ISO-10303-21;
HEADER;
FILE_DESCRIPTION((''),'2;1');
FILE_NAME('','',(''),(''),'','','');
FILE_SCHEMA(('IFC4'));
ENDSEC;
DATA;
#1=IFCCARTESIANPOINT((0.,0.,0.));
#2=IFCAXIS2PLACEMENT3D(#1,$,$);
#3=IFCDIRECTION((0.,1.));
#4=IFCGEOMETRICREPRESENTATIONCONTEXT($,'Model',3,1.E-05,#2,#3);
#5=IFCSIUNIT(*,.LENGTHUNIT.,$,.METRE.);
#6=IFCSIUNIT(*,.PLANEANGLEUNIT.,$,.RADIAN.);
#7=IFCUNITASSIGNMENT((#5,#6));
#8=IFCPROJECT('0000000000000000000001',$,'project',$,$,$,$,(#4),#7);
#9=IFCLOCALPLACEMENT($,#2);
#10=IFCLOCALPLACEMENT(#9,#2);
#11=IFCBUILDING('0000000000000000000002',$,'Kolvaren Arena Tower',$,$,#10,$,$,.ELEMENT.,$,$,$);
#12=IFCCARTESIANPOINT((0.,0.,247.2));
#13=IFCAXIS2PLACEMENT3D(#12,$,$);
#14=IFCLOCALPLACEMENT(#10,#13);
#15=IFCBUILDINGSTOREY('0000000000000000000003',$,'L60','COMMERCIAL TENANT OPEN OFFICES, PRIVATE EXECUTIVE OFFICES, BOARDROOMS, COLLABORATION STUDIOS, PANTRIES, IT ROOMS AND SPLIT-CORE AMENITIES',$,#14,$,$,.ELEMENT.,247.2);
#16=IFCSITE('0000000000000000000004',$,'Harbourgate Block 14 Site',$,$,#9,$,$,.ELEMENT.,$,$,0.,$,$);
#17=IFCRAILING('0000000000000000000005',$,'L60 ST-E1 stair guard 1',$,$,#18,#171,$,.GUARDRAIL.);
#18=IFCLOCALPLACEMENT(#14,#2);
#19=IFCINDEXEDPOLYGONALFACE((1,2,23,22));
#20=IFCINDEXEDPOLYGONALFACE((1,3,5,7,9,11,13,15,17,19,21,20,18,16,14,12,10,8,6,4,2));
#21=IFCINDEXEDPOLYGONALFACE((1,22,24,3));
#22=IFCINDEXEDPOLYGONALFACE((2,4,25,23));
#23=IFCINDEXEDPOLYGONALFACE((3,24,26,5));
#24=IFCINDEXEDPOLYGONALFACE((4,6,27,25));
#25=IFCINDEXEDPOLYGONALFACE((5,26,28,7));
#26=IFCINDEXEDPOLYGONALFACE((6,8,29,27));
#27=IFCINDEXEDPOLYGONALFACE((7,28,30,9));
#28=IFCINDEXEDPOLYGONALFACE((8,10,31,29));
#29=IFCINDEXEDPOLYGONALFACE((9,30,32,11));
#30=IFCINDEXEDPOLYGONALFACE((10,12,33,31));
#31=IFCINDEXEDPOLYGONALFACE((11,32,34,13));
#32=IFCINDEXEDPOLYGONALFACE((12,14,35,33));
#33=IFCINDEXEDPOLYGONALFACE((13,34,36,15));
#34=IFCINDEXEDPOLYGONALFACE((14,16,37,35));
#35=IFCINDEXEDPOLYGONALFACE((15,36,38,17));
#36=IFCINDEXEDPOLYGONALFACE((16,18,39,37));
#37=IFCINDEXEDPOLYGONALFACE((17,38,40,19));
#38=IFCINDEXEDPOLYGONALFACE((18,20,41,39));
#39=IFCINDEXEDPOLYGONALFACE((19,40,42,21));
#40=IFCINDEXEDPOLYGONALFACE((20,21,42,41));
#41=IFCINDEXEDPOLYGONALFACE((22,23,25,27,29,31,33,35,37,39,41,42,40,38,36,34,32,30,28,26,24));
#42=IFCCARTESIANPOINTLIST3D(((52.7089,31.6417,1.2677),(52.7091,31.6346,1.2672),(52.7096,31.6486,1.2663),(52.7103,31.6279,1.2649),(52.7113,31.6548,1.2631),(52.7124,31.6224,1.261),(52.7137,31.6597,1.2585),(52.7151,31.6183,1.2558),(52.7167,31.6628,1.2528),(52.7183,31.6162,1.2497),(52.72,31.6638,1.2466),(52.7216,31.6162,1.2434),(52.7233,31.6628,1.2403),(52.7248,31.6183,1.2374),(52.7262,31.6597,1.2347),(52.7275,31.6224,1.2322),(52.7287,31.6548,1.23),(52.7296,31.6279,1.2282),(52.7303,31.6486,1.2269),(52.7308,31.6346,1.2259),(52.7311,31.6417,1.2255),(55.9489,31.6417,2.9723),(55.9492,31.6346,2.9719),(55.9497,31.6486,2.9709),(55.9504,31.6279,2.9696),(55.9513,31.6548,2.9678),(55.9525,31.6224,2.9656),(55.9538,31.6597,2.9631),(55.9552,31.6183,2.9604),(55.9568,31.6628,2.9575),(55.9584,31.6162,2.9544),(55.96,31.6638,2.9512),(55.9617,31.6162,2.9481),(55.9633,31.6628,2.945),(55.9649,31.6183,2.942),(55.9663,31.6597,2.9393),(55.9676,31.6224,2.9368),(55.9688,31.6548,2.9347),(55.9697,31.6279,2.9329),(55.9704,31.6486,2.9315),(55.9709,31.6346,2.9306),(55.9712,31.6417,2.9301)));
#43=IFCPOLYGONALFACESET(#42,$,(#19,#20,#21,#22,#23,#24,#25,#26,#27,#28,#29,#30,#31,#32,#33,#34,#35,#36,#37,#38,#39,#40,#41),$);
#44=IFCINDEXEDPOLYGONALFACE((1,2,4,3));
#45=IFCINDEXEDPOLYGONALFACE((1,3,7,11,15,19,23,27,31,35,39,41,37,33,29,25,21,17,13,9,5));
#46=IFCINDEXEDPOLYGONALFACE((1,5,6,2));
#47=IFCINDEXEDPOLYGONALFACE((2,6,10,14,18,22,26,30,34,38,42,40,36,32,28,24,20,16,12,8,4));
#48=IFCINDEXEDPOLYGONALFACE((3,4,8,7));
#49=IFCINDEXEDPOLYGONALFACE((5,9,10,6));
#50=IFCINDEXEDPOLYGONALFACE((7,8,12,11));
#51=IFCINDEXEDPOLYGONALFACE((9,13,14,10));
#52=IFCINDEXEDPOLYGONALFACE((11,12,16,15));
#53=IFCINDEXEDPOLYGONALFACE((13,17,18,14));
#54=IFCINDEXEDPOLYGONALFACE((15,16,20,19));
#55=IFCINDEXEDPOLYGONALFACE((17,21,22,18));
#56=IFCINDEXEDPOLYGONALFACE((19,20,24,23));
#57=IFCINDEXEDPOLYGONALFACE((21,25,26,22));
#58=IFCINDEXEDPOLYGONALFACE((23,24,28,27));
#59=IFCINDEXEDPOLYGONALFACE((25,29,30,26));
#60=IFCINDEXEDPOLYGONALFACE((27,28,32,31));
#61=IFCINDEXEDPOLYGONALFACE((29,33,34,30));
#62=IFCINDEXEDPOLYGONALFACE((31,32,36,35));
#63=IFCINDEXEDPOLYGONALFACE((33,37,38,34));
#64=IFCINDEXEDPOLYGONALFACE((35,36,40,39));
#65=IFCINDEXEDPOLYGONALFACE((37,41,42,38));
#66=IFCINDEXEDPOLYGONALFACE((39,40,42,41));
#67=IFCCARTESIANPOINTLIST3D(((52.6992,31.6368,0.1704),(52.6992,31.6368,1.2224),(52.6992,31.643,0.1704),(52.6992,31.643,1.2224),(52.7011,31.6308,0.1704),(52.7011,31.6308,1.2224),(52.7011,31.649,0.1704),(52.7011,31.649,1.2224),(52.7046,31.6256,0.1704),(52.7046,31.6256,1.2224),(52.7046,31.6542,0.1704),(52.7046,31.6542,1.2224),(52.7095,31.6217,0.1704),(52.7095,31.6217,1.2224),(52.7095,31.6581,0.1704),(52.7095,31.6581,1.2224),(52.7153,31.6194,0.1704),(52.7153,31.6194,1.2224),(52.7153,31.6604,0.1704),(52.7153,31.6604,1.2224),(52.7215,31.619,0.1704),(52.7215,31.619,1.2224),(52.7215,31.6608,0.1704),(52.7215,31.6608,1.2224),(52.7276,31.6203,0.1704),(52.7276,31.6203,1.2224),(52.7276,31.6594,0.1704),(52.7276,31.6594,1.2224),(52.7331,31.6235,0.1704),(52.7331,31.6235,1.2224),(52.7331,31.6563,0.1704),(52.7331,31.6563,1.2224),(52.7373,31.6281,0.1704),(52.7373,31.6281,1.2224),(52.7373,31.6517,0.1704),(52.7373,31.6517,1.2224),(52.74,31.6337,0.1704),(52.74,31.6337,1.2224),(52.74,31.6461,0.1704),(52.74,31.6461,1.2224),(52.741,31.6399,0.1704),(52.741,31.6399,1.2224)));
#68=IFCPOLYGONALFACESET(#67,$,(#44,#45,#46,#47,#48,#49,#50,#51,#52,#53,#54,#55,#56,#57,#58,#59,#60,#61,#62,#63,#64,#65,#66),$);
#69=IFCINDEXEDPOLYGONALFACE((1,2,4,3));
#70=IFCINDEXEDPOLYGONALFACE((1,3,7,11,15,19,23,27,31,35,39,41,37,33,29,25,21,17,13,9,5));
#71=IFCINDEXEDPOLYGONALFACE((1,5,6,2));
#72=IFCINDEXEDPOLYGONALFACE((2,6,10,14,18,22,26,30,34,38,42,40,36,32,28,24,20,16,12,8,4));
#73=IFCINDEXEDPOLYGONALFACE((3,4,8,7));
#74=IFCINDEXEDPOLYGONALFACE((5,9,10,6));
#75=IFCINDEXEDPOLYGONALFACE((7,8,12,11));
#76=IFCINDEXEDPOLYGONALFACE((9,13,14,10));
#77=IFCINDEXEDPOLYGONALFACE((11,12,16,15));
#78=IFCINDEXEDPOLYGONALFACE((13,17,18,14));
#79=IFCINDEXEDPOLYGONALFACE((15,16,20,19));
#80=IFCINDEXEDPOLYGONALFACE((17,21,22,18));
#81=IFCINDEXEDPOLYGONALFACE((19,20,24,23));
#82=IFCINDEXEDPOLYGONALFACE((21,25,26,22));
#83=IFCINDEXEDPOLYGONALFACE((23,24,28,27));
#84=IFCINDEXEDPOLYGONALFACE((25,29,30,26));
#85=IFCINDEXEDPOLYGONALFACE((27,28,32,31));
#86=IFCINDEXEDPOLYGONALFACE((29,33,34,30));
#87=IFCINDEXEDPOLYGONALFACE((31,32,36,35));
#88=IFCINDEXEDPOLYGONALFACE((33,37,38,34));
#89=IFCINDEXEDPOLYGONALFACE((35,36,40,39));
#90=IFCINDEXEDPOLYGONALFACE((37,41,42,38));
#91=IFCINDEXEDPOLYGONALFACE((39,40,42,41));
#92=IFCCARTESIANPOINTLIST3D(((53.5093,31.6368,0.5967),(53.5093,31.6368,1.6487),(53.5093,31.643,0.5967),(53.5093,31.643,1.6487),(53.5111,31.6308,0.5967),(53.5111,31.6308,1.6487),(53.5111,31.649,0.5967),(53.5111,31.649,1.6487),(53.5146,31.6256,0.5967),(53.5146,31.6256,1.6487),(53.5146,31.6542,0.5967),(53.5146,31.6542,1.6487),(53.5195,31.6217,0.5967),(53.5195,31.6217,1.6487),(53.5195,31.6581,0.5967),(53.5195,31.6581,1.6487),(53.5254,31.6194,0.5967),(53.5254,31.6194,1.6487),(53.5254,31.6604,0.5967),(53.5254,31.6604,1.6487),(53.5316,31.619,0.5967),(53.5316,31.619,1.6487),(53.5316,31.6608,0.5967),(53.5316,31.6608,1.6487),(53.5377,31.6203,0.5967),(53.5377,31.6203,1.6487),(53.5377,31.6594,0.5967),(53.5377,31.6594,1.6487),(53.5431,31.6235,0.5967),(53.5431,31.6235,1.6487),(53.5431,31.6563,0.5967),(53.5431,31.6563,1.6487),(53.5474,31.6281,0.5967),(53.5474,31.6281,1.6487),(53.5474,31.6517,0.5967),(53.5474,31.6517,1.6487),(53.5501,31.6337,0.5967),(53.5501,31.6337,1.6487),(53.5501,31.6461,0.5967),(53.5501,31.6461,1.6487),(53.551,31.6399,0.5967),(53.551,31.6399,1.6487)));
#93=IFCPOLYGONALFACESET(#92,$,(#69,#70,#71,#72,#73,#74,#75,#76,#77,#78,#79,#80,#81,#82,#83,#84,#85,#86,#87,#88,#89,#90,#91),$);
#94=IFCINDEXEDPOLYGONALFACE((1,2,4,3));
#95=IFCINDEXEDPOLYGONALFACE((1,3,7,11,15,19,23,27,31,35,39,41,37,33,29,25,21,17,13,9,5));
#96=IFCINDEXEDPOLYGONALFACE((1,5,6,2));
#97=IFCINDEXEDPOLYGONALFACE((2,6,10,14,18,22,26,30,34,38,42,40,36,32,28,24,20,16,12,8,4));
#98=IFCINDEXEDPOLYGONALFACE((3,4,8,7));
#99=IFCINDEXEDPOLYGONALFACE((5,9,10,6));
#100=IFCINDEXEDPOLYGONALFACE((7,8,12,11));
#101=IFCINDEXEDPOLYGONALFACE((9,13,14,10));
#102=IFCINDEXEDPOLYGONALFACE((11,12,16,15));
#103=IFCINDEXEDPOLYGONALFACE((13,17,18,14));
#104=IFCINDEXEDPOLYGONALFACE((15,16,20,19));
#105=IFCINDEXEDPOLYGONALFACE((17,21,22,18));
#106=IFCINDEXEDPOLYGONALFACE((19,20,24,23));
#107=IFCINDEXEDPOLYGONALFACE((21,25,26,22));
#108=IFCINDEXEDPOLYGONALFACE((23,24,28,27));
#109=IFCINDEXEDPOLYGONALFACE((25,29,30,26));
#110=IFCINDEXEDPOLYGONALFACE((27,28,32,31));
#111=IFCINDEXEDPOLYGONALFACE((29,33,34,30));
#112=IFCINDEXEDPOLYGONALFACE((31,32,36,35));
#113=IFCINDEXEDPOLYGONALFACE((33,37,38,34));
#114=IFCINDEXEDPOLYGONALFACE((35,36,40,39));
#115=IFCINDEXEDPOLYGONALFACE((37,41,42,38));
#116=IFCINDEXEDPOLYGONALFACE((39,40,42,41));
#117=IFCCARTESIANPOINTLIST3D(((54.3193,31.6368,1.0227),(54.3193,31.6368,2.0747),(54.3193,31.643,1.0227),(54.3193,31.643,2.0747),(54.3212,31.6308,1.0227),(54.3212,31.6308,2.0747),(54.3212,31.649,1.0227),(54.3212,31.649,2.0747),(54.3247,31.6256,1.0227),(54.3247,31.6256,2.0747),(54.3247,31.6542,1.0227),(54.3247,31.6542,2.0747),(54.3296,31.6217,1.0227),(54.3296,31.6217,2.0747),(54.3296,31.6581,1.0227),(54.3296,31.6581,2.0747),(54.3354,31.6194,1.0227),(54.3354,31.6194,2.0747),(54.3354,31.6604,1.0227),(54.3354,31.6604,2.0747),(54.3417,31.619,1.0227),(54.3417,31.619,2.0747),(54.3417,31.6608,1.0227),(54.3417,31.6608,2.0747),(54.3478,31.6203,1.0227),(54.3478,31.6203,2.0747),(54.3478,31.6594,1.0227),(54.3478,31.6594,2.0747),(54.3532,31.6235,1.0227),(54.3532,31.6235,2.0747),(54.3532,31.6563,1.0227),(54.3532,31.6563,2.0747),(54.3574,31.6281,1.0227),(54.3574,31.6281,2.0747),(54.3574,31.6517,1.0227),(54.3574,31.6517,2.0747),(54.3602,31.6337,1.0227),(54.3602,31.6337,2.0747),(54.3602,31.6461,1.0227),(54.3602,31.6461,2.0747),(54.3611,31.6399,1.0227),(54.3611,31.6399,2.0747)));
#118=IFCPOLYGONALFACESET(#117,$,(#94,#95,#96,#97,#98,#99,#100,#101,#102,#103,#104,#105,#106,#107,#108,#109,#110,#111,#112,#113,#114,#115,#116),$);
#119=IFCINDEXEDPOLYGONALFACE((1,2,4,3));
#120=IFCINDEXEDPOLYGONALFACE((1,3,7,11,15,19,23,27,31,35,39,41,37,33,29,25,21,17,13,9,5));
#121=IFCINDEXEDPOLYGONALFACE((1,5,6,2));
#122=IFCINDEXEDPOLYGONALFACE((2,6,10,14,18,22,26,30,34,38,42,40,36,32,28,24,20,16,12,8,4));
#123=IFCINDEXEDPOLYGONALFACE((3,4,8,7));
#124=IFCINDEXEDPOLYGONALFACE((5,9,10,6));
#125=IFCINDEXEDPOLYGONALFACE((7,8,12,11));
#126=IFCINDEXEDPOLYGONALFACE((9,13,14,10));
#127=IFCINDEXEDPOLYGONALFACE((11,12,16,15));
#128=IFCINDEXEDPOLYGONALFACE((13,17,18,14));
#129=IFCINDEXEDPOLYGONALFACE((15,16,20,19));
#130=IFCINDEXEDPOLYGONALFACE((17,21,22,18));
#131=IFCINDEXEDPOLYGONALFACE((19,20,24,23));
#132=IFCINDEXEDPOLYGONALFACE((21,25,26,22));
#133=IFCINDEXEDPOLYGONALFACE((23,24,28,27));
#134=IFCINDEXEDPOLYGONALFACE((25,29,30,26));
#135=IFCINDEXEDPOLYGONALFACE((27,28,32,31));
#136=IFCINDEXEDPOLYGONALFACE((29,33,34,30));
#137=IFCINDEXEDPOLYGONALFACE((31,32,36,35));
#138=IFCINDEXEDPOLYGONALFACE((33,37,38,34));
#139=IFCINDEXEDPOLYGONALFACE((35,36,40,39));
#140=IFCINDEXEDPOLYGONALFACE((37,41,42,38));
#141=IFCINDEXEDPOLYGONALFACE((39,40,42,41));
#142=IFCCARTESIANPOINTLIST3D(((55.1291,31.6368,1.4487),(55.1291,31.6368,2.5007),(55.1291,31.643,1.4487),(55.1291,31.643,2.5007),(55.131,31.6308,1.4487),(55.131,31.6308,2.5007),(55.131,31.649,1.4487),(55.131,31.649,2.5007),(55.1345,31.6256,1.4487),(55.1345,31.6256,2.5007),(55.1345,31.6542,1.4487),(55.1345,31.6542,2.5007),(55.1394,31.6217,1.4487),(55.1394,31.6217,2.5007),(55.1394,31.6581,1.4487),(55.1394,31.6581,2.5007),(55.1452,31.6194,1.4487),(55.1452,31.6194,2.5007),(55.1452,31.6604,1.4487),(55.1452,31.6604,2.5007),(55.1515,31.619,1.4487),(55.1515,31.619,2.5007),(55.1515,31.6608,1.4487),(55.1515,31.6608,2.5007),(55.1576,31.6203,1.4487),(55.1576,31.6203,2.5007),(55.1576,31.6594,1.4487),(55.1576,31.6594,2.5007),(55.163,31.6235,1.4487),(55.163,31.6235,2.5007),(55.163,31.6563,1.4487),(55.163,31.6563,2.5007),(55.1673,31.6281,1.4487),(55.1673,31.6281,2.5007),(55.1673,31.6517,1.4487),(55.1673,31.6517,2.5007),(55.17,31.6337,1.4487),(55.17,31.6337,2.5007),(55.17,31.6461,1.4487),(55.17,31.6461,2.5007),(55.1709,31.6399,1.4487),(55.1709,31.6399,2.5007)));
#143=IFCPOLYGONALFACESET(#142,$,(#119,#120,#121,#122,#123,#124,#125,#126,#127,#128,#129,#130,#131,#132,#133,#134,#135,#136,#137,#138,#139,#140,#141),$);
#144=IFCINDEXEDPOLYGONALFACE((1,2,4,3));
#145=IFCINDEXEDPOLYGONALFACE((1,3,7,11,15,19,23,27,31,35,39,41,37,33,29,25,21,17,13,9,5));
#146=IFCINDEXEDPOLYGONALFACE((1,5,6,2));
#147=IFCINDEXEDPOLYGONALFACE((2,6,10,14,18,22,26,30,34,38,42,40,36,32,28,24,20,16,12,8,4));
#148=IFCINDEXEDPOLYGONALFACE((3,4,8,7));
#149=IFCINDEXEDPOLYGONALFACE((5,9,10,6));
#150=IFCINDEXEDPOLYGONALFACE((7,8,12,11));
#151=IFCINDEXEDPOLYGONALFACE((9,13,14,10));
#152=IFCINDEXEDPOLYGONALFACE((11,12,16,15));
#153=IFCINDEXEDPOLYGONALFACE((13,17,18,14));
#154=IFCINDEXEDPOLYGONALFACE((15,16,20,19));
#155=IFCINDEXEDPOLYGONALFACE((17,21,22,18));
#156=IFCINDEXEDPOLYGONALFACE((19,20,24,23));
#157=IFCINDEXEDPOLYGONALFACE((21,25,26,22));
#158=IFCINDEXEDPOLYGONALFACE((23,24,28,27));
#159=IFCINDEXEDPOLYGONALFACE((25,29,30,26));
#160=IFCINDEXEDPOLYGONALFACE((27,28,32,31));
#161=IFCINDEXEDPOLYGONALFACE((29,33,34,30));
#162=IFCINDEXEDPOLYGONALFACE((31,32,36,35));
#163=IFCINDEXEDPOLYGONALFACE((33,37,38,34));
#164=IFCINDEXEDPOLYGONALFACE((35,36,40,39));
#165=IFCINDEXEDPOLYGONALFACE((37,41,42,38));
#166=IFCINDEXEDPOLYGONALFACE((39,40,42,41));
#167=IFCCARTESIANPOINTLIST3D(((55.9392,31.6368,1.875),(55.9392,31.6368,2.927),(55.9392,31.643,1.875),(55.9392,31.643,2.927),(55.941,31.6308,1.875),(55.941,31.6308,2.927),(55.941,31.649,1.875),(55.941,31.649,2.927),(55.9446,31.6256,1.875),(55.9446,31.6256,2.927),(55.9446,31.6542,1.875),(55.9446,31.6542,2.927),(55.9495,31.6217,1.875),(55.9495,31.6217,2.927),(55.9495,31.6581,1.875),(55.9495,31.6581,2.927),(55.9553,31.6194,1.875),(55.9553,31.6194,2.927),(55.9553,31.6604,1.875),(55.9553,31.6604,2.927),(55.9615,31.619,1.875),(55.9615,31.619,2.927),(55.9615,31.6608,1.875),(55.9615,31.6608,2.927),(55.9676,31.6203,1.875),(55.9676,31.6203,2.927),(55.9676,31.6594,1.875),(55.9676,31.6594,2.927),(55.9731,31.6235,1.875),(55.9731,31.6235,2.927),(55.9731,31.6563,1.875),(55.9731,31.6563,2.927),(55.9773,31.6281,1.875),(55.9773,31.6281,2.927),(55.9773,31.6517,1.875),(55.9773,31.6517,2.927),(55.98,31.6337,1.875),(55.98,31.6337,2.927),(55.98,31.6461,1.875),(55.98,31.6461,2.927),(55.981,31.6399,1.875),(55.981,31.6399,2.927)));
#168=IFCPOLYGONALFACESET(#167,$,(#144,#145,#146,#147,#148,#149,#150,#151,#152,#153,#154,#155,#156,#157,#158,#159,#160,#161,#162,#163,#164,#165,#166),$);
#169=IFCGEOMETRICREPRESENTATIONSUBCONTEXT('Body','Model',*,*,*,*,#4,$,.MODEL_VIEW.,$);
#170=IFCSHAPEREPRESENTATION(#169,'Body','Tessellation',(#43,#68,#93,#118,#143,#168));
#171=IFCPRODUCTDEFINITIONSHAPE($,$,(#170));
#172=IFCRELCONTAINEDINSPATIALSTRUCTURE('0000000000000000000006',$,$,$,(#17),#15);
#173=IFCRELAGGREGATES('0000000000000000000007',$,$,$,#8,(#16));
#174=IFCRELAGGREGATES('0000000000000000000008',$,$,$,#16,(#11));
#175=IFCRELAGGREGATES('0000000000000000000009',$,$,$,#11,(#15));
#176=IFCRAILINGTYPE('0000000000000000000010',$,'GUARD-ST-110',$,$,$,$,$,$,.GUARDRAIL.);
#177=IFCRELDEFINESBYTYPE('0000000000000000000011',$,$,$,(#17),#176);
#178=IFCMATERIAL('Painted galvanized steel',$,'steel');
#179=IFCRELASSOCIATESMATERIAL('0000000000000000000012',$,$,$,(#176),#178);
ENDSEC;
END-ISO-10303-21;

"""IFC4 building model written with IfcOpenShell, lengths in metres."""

from ifc_helpers import new_model, si_unit, direction, frame, origin, origin_2d, place, context, subcontext, project, spatial, circle, extrude, material, type_object, element, save


model = new_model("IFC4")

# Units and contexts
model_context = context("Model", 3, precision=1e-05, world=origin(), true_north=direction((0.0, 1.0)))
body_context = subcontext(model_context, "Body", "Model", "MODEL_VIEW")
ifc_project = project(units=[si_unit("LENGTHUNIT", "METRE"), si_unit("PLANEANGLEUNIT", "RADIAN")], contexts=[model_context])

# Site, building, storey
site_placement = place(None, origin())
site = spatial("IfcSite", under=ifc_project, at=site_placement, Name="Harbourgate Block 14 Site", CompositionType="ELEMENT", RefElevation=0.0)
building_placement = place(site_placement, origin())
building = spatial("IfcBuilding", under=site, at=building_placement, Name="Kolvaren Arena Tower", CompositionType="ELEMENT")
storey_placement = place(building_placement, frame((0.0, 0.0, 247.2)))
storey = spatial("IfcBuildingStorey", under=building, at=storey_placement, Name="L60", Description="COMMERCIAL TENANT OPEN OFFICES, PRIVATE EXECUTIVE OFFICES, BOARDROOMS, COLLABORATION STUDIOS, PANTRIES, IT ROOMS AND SPLIT-CORE AMENITIES", CompositionType="ELEMENT", Elevation=247.2)

# Railing
ifc_material_1 = material(Name="Painted galvanized steel", Category="steel")
railing_type_1 = type_object("IfcRailingType", Name="GUARD-ST-110", PredefinedType="GUARDRAIL", material=ifc_material_1)
railing_1_placement = place(storey_placement, frame((52.72, 31.6399, 0.1704)))
element("IfcRailing", 1, at=railing_1_placement, inside=storey, type_object=railing_type_1, Name="L60 ST-E1 stair guard 1", PredefinedType="GUARDRAIL", context=body_context, shape_type="SweptSolid", body=[
    extrude(circle(Radius=0.0239, at=origin_2d()), frame((0.0, 0.0, 1.0762), z_axis=(0.884993, 0.0, 0.465604), x_axis=(0.0, 1.0, 0.0)), (0.0, 0.0, 1.0), 3.6611),
    extrude(circle(Radius=0.021, at=origin_2d()), origin(), (0.0, 0.0, 1.0), 1.052),
    extrude(circle(Radius=0.021, at=origin_2d()), frame((0.8101, 0.0, 0.4263)), (0.0, 0.0, 1.0), 1.052),
    extrude(circle(Radius=0.021, at=origin_2d()), frame((1.6201, 0.0, 0.8523)), (0.0, 0.0, 1.0), 1.052),
    extrude(circle(Radius=0.021, at=origin_2d()), frame((2.4299, 0.0, 1.2783)), (0.0, 0.0, 1.0), 1.052),
    extrude(circle(Radius=0.021, at=origin_2d()), frame((3.24, 0.0, 1.7046)), (0.0, 0.0, 1.0), 1.052),
])

save(model, "model.ifc")
